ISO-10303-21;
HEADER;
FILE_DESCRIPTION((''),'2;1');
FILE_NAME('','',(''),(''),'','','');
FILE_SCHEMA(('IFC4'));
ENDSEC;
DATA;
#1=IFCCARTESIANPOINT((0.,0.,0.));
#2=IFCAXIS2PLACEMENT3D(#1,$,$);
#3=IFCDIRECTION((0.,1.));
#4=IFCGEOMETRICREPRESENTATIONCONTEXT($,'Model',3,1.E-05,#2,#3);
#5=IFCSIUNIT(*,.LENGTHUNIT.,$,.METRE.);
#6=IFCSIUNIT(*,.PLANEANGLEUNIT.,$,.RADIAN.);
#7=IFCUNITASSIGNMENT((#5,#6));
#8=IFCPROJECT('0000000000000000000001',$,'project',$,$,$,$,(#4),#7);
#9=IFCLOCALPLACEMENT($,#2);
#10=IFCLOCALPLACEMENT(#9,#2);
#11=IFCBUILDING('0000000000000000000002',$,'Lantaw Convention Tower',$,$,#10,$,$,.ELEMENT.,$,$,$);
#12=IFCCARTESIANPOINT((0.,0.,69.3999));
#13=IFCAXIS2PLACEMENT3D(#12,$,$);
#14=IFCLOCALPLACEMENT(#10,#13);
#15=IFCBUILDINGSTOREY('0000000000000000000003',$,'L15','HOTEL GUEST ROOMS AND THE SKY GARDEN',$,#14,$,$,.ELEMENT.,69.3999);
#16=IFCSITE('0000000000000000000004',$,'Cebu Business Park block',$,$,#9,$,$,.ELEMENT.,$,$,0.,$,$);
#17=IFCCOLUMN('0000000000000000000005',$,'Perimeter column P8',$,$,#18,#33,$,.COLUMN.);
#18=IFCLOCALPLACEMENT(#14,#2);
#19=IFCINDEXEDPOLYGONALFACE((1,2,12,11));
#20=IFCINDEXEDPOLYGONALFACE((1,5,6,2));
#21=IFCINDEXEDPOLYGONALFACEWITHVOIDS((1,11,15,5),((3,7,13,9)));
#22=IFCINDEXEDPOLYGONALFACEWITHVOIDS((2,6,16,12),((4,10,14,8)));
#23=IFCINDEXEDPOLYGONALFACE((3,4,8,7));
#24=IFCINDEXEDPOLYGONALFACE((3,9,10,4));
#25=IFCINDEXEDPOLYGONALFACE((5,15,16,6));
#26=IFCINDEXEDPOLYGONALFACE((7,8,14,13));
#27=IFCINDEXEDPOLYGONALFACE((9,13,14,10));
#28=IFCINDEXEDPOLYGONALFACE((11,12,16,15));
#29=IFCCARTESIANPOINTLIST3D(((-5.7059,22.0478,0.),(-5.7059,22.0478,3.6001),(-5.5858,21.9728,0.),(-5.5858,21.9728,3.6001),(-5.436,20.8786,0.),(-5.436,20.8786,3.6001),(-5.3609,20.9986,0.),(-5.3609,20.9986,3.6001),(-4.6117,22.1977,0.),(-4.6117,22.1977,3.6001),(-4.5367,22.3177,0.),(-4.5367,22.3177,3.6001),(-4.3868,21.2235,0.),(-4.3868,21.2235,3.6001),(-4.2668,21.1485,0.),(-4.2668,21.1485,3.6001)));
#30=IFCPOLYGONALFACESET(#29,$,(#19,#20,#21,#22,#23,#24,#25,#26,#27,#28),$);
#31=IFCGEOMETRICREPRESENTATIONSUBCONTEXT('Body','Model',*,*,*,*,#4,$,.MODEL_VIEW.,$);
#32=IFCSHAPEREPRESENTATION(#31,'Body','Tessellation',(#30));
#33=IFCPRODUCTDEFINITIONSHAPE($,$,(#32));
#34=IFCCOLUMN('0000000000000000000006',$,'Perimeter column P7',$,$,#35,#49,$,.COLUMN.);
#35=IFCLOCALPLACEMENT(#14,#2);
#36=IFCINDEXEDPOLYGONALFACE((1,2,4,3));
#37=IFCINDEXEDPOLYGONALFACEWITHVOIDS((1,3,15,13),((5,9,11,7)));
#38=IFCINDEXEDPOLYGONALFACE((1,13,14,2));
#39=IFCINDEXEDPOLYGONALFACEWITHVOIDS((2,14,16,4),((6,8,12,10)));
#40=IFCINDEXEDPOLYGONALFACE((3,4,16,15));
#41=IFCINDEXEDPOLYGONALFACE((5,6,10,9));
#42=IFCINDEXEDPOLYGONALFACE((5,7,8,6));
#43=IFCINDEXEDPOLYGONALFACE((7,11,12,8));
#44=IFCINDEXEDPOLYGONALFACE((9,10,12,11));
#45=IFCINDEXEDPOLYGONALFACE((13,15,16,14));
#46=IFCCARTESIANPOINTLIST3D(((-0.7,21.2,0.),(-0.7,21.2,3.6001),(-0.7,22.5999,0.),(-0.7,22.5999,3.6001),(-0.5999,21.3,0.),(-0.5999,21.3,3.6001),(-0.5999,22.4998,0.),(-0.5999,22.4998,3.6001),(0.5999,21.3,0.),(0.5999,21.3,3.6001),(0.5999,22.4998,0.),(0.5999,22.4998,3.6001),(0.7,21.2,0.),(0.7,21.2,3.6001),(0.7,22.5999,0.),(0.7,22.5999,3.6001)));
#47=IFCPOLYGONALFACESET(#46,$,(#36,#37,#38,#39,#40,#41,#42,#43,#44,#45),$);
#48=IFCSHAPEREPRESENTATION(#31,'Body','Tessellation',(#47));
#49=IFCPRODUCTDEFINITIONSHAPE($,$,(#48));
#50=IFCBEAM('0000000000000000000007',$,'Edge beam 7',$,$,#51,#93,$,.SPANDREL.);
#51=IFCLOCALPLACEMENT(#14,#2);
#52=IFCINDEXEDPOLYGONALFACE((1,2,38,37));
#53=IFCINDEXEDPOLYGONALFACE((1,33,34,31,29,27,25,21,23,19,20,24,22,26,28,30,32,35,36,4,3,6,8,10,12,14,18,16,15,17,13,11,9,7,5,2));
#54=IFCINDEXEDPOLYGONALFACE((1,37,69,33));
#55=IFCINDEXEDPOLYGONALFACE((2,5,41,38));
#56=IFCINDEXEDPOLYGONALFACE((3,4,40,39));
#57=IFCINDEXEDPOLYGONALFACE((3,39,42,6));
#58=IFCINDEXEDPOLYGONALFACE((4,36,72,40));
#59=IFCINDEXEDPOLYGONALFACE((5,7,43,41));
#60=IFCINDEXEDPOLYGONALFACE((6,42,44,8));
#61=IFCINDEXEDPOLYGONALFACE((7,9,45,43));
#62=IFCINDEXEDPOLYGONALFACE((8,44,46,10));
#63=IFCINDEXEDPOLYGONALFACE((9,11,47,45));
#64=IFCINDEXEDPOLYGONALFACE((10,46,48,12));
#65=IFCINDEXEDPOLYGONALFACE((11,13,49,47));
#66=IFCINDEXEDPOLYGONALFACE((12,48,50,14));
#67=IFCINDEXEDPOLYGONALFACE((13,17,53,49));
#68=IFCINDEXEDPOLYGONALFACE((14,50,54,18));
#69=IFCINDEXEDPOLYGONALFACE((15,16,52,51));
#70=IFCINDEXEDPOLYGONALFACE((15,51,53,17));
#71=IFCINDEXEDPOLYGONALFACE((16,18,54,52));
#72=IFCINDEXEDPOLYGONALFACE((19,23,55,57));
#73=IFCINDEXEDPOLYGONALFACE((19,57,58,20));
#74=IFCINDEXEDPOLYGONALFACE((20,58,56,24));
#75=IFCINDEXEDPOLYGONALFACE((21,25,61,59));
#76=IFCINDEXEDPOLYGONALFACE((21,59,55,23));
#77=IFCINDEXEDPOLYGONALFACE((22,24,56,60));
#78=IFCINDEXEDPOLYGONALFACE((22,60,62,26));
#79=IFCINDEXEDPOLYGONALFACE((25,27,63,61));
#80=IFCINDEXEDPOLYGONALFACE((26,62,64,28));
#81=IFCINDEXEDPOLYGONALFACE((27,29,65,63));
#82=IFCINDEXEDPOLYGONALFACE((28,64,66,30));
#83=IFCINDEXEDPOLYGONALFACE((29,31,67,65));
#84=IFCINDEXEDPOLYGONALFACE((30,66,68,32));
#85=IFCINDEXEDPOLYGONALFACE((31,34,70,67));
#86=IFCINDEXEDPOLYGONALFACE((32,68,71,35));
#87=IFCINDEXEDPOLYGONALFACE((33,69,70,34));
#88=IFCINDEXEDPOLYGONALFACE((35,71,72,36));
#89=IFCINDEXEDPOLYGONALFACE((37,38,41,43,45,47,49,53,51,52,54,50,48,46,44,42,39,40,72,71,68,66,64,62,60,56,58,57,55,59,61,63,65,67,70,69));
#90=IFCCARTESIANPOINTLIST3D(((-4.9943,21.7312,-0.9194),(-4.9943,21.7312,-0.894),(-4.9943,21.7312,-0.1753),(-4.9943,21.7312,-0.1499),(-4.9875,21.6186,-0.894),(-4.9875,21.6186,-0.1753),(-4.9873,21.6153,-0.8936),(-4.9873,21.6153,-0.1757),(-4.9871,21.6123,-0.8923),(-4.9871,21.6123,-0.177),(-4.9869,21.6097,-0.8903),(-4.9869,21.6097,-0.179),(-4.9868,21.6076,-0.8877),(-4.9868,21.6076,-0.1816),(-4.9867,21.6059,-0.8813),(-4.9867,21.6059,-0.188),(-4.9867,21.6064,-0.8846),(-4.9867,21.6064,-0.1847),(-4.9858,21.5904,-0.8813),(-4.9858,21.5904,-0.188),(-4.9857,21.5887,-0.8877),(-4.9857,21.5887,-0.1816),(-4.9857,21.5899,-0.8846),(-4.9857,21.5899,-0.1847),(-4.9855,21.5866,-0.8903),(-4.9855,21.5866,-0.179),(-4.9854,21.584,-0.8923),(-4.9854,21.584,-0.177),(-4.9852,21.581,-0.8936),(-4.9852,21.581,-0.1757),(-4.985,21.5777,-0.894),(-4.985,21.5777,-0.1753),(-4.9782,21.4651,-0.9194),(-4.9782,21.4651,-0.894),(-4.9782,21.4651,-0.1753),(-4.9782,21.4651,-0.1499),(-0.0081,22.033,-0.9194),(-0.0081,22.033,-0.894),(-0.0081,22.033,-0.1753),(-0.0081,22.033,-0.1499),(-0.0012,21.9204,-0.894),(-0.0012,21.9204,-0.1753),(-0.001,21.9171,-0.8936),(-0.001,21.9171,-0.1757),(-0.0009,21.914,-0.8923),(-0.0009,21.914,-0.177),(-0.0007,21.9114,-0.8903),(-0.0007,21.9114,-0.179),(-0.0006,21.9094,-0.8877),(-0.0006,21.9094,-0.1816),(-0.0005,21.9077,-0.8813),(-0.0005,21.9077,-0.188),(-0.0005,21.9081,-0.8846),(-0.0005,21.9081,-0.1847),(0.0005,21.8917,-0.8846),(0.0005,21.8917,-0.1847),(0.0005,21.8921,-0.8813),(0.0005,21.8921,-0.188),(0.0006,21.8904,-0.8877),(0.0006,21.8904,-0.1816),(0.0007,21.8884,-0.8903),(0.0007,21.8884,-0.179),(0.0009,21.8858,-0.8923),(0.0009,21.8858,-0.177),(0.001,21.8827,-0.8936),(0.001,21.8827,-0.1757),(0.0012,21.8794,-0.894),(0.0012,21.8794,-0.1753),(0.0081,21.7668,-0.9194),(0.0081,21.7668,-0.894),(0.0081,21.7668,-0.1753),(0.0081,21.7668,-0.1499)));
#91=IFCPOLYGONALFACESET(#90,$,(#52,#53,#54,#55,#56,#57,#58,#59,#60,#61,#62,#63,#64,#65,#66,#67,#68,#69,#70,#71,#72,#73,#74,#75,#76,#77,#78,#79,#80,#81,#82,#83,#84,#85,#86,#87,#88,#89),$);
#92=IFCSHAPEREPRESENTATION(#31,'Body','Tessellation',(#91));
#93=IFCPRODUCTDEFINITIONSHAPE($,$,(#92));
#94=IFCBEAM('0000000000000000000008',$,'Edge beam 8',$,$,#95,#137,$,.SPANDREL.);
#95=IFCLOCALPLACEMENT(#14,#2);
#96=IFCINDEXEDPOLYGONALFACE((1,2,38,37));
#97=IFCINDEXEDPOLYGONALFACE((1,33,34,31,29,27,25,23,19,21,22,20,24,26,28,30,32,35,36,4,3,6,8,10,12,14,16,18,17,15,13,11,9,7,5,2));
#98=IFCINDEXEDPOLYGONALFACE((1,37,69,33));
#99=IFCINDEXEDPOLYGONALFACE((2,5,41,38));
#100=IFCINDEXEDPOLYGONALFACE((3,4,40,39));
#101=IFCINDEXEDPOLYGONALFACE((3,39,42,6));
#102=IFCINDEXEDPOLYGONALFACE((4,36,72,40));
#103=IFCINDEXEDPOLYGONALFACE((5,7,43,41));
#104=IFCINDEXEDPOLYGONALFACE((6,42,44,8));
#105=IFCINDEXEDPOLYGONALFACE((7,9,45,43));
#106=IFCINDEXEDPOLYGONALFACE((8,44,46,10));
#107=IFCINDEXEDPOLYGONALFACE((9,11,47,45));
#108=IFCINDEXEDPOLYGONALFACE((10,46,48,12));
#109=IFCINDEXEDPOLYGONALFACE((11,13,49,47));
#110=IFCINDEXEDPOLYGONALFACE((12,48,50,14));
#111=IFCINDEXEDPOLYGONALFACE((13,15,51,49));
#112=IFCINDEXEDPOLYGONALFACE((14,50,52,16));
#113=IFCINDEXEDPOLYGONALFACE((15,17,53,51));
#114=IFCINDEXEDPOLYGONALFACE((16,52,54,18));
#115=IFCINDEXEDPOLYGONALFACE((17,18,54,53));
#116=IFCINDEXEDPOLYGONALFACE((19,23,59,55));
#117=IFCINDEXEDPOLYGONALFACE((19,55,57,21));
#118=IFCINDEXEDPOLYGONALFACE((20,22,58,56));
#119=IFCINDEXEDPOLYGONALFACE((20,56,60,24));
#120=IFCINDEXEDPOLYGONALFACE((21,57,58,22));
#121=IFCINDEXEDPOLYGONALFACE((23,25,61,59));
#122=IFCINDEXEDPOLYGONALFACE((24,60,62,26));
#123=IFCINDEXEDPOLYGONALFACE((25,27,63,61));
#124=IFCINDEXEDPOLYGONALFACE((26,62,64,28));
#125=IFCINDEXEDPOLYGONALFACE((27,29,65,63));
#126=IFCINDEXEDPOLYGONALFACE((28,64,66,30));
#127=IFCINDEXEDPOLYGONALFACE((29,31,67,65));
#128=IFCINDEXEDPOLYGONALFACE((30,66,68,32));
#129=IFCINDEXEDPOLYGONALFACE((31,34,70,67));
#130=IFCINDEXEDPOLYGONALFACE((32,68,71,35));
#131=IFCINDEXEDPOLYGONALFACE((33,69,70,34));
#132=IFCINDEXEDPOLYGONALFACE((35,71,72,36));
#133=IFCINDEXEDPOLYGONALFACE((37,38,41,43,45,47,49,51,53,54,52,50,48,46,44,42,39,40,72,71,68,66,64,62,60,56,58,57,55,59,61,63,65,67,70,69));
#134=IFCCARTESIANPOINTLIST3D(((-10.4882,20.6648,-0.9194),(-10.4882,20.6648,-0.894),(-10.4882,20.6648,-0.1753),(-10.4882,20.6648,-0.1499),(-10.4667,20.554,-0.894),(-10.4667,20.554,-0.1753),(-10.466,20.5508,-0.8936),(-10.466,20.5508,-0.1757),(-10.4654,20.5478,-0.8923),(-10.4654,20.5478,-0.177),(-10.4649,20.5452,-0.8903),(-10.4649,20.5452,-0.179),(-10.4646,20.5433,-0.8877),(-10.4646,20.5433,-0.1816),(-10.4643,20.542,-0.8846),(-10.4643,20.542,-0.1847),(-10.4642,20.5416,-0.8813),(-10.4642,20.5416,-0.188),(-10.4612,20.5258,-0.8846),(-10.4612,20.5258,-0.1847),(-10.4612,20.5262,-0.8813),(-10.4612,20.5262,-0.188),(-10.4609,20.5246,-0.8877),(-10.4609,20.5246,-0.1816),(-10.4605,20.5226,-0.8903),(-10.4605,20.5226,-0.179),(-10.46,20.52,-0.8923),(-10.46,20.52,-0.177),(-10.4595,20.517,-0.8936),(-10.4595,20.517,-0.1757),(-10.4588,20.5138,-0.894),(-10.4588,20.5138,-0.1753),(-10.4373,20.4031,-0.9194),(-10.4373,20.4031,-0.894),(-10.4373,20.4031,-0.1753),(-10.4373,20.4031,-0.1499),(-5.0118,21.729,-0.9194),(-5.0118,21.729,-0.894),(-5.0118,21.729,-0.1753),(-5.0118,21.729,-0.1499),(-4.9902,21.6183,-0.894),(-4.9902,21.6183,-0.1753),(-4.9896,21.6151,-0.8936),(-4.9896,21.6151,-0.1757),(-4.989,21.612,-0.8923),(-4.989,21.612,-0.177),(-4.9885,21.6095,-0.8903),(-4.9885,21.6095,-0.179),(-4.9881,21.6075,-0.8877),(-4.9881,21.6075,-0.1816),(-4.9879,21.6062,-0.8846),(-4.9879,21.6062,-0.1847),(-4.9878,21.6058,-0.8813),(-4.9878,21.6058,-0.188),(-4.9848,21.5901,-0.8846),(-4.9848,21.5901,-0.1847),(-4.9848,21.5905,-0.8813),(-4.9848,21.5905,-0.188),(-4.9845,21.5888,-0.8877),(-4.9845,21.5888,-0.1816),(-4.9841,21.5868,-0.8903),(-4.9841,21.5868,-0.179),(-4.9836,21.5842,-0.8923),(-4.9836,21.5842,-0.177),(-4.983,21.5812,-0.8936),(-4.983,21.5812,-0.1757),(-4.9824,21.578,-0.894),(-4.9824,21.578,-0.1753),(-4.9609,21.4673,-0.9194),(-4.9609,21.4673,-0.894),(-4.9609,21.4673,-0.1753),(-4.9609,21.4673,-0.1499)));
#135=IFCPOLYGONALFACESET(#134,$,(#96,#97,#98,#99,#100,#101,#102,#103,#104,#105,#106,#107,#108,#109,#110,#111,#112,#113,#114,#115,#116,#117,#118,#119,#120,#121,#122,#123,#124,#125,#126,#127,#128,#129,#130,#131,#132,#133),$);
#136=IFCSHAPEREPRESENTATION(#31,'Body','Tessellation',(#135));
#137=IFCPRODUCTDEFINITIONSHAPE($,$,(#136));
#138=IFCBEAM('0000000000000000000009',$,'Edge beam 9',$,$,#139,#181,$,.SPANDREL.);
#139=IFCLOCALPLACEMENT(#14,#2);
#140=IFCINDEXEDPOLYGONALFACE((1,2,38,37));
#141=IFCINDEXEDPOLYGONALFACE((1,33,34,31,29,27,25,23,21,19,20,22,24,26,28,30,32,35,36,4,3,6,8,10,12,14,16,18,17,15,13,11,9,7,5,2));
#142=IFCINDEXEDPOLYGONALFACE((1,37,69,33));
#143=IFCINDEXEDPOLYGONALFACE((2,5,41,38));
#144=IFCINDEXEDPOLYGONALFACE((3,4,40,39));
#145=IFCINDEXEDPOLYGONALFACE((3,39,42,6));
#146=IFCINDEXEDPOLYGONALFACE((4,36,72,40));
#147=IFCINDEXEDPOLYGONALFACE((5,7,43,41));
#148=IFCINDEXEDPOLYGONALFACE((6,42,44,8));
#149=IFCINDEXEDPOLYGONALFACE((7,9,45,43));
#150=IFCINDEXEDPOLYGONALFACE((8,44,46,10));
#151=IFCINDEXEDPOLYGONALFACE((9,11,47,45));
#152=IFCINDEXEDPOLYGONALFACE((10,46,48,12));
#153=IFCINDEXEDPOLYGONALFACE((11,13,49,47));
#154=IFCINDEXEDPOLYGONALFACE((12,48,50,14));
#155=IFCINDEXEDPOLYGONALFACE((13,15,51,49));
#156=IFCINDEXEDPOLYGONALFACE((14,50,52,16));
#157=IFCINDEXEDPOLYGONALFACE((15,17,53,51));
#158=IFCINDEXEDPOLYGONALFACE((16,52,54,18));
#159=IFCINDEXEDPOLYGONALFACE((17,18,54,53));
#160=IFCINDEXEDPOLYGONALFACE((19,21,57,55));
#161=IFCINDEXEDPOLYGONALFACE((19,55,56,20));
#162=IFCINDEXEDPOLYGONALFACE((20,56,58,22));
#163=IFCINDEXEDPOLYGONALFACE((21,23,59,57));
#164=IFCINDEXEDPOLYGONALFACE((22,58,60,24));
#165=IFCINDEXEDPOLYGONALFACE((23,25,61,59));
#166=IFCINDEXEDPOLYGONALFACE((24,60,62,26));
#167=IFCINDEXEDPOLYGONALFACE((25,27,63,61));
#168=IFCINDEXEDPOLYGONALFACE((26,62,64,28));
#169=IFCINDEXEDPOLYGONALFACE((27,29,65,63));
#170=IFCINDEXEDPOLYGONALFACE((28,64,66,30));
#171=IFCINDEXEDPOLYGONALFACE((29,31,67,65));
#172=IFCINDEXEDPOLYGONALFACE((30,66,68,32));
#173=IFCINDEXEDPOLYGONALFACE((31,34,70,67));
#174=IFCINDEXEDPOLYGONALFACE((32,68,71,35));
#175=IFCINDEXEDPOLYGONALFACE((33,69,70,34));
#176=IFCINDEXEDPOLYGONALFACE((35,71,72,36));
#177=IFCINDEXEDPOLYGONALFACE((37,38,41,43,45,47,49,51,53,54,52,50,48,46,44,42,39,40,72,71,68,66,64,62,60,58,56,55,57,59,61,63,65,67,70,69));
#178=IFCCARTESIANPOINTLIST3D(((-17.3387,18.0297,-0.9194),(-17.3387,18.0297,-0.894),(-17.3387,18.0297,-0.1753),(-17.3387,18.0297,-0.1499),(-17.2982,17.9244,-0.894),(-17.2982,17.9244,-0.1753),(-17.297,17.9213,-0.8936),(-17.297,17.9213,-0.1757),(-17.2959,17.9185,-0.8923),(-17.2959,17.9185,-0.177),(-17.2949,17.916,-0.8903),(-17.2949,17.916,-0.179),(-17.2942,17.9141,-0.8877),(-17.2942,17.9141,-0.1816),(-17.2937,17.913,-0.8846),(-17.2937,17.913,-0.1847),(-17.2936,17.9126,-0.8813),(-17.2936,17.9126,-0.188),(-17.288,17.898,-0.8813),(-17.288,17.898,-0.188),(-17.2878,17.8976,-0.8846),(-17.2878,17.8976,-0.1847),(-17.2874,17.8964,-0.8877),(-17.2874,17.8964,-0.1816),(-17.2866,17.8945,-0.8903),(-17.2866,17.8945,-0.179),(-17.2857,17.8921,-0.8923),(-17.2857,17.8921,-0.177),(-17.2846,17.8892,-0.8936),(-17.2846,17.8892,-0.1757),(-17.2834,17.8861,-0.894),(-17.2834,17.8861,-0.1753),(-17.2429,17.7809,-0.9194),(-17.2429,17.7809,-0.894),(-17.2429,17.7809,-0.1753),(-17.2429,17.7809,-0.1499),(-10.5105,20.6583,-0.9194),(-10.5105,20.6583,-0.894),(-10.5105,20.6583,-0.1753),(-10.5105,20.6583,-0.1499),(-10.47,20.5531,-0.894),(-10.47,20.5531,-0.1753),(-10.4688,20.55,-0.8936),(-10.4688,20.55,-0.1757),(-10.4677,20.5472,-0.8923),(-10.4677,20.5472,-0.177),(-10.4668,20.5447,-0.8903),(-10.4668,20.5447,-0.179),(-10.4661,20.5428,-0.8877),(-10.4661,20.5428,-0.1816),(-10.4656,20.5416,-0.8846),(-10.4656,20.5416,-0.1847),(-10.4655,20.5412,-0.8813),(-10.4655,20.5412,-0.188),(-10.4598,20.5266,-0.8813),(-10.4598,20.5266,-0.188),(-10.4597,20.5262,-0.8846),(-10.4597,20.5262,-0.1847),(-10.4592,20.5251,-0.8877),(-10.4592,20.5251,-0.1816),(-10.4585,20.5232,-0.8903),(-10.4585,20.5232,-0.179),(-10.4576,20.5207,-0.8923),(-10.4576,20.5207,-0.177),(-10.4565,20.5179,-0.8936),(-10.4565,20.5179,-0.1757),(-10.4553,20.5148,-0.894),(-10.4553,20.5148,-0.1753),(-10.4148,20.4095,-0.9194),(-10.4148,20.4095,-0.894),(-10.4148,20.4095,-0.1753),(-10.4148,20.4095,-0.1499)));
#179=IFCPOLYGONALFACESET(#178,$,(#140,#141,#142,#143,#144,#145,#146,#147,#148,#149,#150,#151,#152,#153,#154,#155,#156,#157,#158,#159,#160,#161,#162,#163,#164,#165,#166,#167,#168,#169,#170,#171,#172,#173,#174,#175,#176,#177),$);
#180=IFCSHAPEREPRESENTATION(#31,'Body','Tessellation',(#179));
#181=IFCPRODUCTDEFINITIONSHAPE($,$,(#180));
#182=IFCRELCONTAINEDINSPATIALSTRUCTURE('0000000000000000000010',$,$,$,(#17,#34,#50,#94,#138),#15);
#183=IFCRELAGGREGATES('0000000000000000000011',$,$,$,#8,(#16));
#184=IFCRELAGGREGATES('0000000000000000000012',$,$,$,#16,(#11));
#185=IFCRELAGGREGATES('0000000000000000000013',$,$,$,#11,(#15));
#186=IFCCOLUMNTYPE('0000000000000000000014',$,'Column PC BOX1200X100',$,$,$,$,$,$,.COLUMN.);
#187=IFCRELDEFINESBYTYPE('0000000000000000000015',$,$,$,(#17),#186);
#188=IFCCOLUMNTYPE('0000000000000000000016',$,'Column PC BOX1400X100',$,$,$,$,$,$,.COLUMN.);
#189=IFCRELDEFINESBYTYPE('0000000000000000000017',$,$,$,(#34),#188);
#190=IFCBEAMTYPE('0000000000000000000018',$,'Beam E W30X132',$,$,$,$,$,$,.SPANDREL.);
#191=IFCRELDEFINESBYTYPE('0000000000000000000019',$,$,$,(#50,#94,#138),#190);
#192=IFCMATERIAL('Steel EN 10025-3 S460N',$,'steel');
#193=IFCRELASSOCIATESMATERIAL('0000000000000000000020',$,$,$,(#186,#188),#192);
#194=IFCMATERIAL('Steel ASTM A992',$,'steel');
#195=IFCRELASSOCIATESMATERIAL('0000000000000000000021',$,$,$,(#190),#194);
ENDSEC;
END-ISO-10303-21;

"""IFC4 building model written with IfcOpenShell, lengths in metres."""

from ifc_helpers import new_model, si_unit, direction, frame, origin, origin_2d, place, context, subcontext, project, spatial, rectangle, hollow_rectangle, i_section, extrude, material, material_profile, profile_set, type_object, element, save


model = new_model("IFC4")

# Units and contexts
model_context = context("Model", 3, precision=1e-05, world=origin(), true_north=direction((0.0, 1.0)))
body_context = subcontext(model_context, "Body", "Model", "MODEL_VIEW")
ifc_project = project(units=[si_unit("LENGTHUNIT", "METRE"), si_unit("PLANEANGLEUNIT", "RADIAN")], contexts=[model_context])

# Site, building, storey
site_placement = place(None, origin())
site = spatial("IfcSite", under=ifc_project, at=site_placement, Name="Cebu Business Park block", CompositionType="ELEMENT", RefElevation=0.0)
building_placement = place(site_placement, origin())
building = spatial("IfcBuilding", under=site, at=building_placement, Name="Lantaw Convention Tower", CompositionType="ELEMENT")
storey_placement = place(building_placement, frame((0.0, 0.0, 69.3999)))
storey = spatial("IfcBuildingStorey", under=building, at=storey_placement, Name="L15", Description="HOTEL GUEST ROOMS AND THE SKY GARDEN", CompositionType="ELEMENT", Elevation=69.3999)

# Columns
ifc_material_1 = material(Name="Steel EN 10025-3 S460N", Category="steel")
ifc_material_profile_1 = material_profile(ifc_material_1, hollow_rectangle(XDim=1.2, YDim=1.2, WallThickness=0.1001, at=origin_2d()), Name="BOX1200X100")
ifc_material_2 = material(Name="Concrete C60/75", Category="concrete")
ifc_material_profile_2 = material_profile(ifc_material_2, rectangle(XDim=1.0, YDim=1.0, at=origin_2d()), Name="Concrete fill of BOX1200X100")
ifc_profile_set_1 = profile_set([ifc_material_profile_1, ifc_material_profile_2], Name="Steel EN 10025-3 S460N")
column_type_1 = type_object("IfcColumnType", Name="Column PC BOX1200X100", PredefinedType="COLUMN", material=ifc_profile_set_1)
column_1_placement = place(storey_placement, frame((-4.9863, 21.5981, 0.0), z_axis=(0.0, 0.0, 1.0), x_axis=(0.97437, 0.224951, 0.0)))
element("IfcColumn", 1, at=column_1_placement, inside=storey, type_object=column_type_1, Name="Perimeter column P8", PredefinedType="COLUMN", context=body_context, shape_type="SweptSolid", body=[
    extrude(hollow_rectangle(XDim=1.2, YDim=1.2, WallThickness=0.1001, at=origin_2d()), origin(), (0.0, 0.0, 1.0), 3.6001),
])
ifc_material_profile_3 = material_profile(ifc_material_1, hollow_rectangle(XDim=1.3999, YDim=1.3999, WallThickness=0.1001, at=origin_2d()), Name="BOX1400X100")
ifc_material_profile_4 = material_profile(ifc_material_2, rectangle(XDim=1.2, YDim=1.2, at=origin_2d()), Name="Concrete fill of BOX1400X100")
ifc_profile_set_2 = profile_set([ifc_material_profile_3, ifc_material_profile_4], Name="Steel EN 10025-3 S460N")
column_type_2 = type_object("IfcColumnType", Name="Column PC BOX1400X100", PredefinedType="COLUMN", material=ifc_profile_set_2)
column_2_placement = place(storey_placement, frame((0.0, 21.8999, 0.0), z_axis=(0.0, 0.0, 1.0), x_axis=(1.0, 0.0, 0.0)))
element("IfcColumn", 2, at=column_2_placement, inside=storey, type_object=column_type_2, Name="Perimeter column P7", PredefinedType="COLUMN", context=body_context, shape_type="SweptSolid", body=[
    extrude(hollow_rectangle(XDim=1.3999, YDim=1.3999, WallThickness=0.1001, at=origin_2d()), origin(), (0.0, 0.0, 1.0), 3.6001),
])

# Beams
ifc_material_3 = material(Name="Steel ASTM A992", Category="steel")
ifc_material_profile_5 = material_profile(ifc_material_3, i_section(OverallWidth=0.2666, OverallDepth=0.7695, WebThickness=0.0156, FlangeThickness=0.0254, FilletRadius=0.0127, at=origin_2d()), Name="W30X132")
ifc_profile_set_3 = profile_set([ifc_material_profile_5], Name="Steel ASTM A992")
beam_type = type_object("IfcBeamType", Name="Beam E W30X132", PredefinedType="SPANDREL", material=ifc_profile_set_3)
beam_1_placement = place(storey_placement, frame((0.0, 21.8999, -0.5347), z_axis=(-0.998174, -0.060407, 0.0), x_axis=(0.060407, -0.998174, 0.0)))
element("IfcBeam", 3, at=beam_1_placement, inside=storey, type_object=beam_type, Name="Edge beam 7", PredefinedType="SPANDREL", context=body_context, shape_type="SweptSolid", body=[
    extrude(i_section(OverallWidth=0.2666, OverallDepth=0.7695, WebThickness=0.0156, FlangeThickness=0.0254, FilletRadius=0.0127, at=origin_2d()), origin(), (0.0, 0.0, 1.0), 4.9954),
])
beam_2_placement = place(storey_placement, frame((-4.9863, 21.5981, -0.5347), z_axis=(-0.981637, -0.190761, 0.0), x_axis=(0.190761, -0.981637, 0.0)))
element("IfcBeam", 4, at=beam_2_placement, inside=storey, type_object=beam_type, Name="Edge beam 8", PredefinedType="SPANDREL", context=body_context, shape_type="SweptSolid", body=[
    extrude(i_section(OverallWidth=0.2666, OverallDepth=0.7695, WebThickness=0.0156, FlangeThickness=0.0254, FilletRadius=0.0127, at=origin_2d()), origin(), (0.0, 0.0, 1.0), 5.5789),
])
beam_3_placement = place(storey_placement, frame((-10.4626, 20.5339, -0.5347), z_axis=(-0.933233, -0.359272, 0.0), x_axis=(0.359272, -0.933233, 0.0)))
element("IfcBeam", 5, at=beam_3_placement, inside=storey, type_object=beam_type, Name="Edge beam 9", PredefinedType="SPANDREL", context=body_context, shape_type="SweptSolid", body=[
    extrude(i_section(OverallWidth=0.2666, OverallDepth=0.7695, WebThickness=0.0156, FlangeThickness=0.0254, FilletRadius=0.0127, at=origin_2d()), origin(), (0.0, 0.0, 1.0), 7.3167),
])

save(model, "model.ifc")
